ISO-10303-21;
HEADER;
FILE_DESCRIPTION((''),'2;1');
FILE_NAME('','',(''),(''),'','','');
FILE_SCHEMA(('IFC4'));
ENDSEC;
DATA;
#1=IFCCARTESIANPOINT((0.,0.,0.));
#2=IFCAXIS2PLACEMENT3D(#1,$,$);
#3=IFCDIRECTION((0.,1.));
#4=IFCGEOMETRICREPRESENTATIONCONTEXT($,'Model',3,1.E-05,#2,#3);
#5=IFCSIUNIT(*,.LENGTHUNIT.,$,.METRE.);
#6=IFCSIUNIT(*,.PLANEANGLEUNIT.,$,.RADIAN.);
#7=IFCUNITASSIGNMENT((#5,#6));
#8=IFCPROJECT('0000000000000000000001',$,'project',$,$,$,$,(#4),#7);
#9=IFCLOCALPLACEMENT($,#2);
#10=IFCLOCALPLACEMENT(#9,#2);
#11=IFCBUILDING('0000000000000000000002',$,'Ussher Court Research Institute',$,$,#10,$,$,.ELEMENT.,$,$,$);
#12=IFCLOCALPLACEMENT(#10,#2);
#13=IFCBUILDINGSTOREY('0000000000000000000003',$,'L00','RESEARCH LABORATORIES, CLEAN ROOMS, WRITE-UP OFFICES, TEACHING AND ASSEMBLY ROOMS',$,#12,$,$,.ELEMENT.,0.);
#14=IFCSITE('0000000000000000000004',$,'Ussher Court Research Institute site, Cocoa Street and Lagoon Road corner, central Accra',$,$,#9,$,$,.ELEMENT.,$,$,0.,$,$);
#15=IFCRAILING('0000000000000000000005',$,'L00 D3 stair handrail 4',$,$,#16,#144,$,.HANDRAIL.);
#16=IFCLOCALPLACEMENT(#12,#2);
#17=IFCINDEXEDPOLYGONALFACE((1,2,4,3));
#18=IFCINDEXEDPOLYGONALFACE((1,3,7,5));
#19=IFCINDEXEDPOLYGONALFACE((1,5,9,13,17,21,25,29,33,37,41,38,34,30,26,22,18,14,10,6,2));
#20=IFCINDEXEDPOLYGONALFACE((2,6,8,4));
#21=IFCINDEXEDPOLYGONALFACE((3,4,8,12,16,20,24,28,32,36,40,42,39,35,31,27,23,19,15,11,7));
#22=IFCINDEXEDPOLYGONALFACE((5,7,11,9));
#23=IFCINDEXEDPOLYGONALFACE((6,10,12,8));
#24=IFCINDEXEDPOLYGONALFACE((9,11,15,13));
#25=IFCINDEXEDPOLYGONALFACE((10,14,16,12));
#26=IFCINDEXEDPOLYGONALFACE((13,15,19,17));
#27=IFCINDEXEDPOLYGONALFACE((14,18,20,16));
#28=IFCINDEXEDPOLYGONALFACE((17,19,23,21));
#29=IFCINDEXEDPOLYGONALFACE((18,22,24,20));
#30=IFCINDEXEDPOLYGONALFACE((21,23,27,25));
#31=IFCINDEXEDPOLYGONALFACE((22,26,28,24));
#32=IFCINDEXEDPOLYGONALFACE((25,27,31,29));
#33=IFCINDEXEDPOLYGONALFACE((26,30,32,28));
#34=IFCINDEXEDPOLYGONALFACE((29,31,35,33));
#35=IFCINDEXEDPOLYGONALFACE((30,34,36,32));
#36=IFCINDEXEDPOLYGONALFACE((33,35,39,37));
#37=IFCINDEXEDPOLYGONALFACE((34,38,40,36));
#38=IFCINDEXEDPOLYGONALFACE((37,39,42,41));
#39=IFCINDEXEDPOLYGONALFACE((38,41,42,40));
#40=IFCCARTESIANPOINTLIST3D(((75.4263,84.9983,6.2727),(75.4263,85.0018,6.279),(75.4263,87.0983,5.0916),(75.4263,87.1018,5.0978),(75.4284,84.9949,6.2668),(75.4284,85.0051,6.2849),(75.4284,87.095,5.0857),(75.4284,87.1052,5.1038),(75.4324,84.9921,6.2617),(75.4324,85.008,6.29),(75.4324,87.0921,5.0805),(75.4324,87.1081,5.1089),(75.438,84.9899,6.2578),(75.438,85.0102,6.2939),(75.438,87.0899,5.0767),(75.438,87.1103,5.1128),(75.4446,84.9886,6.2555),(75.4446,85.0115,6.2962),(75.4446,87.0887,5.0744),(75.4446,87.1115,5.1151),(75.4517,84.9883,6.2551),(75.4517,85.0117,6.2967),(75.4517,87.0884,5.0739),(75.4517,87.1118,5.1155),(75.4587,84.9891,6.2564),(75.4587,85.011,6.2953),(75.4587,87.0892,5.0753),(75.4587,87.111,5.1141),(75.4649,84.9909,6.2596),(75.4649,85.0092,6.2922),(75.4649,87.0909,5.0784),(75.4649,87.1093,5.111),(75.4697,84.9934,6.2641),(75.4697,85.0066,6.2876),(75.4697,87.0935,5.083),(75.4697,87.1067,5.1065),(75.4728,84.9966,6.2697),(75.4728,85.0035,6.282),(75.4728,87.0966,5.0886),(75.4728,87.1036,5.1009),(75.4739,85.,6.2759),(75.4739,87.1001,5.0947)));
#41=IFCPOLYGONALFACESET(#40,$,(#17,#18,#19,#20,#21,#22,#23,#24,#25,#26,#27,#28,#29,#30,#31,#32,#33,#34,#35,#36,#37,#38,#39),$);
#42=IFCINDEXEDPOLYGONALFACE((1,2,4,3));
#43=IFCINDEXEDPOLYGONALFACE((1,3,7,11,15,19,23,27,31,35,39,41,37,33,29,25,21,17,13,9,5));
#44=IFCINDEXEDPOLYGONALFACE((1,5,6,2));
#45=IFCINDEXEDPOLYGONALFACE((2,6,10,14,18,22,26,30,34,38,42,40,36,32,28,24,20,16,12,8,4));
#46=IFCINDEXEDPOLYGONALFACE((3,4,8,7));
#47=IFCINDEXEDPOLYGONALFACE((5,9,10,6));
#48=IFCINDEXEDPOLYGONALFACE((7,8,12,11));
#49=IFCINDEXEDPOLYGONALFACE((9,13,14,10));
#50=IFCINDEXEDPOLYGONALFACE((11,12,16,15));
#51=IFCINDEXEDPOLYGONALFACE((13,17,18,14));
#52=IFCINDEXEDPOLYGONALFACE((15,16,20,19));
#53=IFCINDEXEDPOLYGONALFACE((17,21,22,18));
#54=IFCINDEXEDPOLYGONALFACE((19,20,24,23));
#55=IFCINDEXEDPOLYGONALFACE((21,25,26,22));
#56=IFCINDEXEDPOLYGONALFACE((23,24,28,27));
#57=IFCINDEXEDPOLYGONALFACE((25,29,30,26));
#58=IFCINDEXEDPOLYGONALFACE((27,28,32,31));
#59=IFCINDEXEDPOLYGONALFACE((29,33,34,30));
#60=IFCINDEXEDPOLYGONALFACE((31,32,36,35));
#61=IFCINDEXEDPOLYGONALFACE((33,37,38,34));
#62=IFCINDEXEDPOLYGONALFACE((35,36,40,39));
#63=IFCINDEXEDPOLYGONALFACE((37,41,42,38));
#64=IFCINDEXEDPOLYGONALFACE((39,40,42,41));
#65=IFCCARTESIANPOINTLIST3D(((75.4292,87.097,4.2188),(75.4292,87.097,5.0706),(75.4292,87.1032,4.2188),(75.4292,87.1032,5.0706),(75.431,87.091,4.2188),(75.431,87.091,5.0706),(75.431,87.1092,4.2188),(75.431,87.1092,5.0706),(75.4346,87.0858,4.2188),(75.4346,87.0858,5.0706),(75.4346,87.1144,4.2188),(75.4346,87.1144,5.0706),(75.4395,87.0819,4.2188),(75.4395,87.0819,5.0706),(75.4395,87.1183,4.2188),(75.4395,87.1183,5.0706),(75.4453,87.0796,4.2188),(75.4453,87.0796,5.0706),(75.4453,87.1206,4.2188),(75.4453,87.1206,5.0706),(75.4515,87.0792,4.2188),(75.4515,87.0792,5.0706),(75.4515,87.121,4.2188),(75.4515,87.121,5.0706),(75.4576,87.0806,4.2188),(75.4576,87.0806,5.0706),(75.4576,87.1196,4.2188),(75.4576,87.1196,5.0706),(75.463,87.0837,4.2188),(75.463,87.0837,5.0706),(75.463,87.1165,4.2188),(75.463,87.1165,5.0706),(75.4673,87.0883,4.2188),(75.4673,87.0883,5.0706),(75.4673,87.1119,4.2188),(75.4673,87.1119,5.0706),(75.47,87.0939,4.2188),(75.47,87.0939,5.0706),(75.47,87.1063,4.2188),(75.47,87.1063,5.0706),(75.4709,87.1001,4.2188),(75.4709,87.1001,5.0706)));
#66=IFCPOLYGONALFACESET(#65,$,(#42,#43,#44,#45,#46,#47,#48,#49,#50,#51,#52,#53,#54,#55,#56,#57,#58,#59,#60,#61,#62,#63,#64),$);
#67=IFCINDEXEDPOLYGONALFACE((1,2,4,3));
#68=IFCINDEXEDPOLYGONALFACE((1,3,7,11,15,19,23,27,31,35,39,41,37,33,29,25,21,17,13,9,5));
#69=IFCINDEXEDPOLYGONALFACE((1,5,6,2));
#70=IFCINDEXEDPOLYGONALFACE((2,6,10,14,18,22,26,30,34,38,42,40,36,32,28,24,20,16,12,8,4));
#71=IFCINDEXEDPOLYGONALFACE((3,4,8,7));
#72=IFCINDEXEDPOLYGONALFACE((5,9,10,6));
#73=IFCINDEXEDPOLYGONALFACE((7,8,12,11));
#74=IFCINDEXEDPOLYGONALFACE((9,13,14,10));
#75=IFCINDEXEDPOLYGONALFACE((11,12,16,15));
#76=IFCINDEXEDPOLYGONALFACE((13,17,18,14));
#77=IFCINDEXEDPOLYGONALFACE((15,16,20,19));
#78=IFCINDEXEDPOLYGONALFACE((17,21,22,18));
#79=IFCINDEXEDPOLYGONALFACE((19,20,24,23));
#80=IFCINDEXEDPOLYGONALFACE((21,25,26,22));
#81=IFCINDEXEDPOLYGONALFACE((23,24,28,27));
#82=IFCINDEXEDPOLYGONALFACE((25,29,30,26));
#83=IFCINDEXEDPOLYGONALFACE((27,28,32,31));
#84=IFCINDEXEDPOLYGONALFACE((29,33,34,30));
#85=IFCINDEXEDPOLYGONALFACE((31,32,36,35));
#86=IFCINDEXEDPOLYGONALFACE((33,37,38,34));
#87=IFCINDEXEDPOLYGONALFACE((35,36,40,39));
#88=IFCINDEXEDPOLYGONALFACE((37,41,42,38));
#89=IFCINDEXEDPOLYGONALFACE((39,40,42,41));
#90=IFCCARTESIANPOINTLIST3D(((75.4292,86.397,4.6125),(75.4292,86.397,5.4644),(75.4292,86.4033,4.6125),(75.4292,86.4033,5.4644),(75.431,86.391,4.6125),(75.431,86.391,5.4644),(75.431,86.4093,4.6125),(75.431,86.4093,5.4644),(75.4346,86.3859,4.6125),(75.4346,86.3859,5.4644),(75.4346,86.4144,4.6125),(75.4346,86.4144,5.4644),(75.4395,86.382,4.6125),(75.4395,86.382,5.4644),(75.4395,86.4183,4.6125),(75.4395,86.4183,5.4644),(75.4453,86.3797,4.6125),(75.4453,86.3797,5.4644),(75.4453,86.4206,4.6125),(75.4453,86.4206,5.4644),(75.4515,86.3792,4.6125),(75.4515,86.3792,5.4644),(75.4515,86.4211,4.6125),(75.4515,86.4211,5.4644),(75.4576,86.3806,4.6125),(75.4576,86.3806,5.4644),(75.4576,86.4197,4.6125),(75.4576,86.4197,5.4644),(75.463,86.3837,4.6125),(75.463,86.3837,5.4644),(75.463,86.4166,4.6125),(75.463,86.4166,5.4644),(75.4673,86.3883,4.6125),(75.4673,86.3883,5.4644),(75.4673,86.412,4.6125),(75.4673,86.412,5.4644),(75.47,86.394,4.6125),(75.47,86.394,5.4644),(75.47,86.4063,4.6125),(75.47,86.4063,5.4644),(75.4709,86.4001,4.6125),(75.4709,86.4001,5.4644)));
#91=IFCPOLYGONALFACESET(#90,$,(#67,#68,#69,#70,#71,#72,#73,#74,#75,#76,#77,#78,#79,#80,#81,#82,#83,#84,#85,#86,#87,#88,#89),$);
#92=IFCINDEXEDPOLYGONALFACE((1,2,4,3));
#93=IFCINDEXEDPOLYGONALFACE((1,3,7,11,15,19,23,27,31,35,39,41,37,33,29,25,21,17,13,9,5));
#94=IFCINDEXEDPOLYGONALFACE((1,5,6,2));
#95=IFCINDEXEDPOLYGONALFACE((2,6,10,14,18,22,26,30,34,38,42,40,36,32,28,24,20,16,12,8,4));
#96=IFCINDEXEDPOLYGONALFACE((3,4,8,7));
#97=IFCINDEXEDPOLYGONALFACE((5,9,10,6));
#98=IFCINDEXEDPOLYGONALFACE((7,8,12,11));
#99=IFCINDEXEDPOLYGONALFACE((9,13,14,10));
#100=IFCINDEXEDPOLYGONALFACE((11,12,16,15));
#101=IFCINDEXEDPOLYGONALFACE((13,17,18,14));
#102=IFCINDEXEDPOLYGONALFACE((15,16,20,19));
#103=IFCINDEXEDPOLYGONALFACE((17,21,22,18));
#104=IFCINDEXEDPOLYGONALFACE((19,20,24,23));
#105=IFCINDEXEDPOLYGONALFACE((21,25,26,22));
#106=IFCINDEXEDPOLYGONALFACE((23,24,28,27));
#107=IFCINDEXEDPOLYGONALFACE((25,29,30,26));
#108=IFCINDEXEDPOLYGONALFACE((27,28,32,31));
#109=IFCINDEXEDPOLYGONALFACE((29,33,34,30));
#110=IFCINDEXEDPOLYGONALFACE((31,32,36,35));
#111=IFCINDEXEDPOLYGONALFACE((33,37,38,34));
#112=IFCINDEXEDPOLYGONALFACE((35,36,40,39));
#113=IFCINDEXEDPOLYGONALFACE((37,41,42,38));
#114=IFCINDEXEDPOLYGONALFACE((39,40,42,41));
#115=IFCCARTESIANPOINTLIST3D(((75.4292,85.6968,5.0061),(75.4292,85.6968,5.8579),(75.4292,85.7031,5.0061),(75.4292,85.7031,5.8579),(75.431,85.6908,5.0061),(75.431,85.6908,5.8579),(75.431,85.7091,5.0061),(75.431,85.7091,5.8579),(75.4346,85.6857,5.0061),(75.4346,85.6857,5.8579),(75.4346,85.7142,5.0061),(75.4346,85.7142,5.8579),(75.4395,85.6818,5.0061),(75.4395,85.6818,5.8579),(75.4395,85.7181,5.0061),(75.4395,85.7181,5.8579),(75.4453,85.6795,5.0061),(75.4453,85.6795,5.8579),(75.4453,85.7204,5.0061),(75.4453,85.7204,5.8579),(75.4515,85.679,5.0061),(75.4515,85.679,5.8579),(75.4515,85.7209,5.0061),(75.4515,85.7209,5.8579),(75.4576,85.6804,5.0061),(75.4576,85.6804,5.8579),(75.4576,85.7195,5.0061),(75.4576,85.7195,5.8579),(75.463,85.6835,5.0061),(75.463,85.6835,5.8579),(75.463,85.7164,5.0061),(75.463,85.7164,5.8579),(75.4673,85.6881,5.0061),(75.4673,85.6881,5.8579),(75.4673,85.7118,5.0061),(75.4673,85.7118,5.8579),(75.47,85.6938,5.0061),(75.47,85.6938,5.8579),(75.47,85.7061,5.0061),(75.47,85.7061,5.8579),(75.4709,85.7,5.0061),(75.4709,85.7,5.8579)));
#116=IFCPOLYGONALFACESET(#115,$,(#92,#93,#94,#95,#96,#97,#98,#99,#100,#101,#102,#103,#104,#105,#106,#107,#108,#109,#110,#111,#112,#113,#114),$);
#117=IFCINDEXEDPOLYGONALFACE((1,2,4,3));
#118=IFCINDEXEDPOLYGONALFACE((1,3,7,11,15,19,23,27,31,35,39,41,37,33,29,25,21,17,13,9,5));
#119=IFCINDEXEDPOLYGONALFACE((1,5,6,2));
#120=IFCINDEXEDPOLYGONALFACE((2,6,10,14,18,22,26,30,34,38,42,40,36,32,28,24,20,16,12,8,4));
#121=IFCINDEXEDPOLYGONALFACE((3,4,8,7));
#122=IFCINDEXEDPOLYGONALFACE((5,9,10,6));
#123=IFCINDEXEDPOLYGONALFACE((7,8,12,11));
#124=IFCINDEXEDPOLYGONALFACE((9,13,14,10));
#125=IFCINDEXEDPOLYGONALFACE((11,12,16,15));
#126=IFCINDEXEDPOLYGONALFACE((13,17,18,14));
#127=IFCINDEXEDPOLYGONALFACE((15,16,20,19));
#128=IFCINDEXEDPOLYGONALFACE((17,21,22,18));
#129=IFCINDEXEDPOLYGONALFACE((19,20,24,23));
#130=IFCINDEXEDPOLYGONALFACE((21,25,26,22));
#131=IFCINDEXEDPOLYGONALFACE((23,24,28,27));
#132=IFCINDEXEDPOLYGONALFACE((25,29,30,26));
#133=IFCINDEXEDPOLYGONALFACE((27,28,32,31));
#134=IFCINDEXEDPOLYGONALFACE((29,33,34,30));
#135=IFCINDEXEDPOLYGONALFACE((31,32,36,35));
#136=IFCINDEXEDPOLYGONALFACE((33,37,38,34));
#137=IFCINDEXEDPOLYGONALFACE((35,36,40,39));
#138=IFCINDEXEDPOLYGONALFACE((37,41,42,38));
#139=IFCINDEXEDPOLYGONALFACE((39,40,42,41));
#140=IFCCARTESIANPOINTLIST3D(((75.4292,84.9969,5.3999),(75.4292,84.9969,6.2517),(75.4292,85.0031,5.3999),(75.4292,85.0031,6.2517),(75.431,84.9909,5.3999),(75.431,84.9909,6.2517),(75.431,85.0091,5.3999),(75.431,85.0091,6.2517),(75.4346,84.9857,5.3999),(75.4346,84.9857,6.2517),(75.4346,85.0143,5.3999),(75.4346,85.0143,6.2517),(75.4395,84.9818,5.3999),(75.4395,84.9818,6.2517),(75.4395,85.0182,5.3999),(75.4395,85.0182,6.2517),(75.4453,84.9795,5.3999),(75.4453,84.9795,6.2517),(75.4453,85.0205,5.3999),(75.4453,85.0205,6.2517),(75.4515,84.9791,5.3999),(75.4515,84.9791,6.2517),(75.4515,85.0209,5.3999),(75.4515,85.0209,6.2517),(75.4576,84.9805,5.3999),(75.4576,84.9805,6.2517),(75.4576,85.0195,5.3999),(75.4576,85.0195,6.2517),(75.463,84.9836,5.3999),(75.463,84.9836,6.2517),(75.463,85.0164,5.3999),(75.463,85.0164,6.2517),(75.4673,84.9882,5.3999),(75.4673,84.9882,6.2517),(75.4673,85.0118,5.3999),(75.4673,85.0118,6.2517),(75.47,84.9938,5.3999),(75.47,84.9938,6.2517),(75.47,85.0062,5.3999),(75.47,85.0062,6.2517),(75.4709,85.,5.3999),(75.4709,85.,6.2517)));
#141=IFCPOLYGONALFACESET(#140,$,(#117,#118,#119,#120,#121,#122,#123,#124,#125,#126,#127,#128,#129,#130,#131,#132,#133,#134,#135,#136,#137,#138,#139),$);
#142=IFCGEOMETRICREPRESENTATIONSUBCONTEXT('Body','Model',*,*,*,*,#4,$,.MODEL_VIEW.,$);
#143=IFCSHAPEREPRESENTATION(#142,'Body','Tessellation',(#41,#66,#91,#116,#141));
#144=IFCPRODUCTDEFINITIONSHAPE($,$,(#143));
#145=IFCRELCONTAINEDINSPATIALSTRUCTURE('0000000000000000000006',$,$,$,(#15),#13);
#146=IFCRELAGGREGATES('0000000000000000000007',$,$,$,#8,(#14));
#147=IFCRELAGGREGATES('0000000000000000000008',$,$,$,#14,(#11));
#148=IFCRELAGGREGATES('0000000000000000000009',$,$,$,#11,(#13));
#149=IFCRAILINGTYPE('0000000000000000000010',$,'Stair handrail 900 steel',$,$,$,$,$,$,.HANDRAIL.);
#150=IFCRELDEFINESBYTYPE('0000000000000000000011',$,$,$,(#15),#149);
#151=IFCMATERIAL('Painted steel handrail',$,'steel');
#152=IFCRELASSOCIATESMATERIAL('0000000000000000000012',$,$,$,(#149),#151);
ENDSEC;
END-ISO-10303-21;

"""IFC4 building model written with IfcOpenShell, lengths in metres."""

from ifc_helpers import new_model, si_unit, direction, frame, origin, origin_2d, place, context, subcontext, project, spatial, circle, extrude, material, type_object, element, save


model = new_model("IFC4")

# Units and contexts
model_context = context("Model", 3, precision=1e-05, world=origin(), true_north=direction((0.0, 1.0)))
body_context = subcontext(model_context, "Body", "Model", "MODEL_VIEW")
ifc_project = project(units=[si_unit("LENGTHUNIT", "METRE"), si_unit("PLANEANGLEUNIT", "RADIAN")], contexts=[model_context])

# Site, building, storey
site_placement = place(None, origin())
site = spatial("IfcSite", under=ifc_project, at=site_placement, Name="Ussher Court Research Institute site, Cocoa Street and Lagoon Road corner, central Accra", CompositionType="ELEMENT", RefElevation=0.0)
building_placement = place(site_placement, origin())
building = spatial("IfcBuilding", under=site, at=building_placement, Name="Ussher Court Research Institute", CompositionType="ELEMENT")
storey_placement = place(building_placement, origin())
storey = spatial("IfcBuildingStorey", under=building, at=storey_placement, Name="L00", Description="RESEARCH LABORATORIES, CLEAN ROOMS, WRITE-UP OFFICES, TEACHING AND ASSEMBLY ROOMS", CompositionType="ELEMENT", Elevation=0.0)

# Railing
ifc_material_1 = material(Name="Painted steel handrail", Category="steel")
railing_type_1 = type_object("IfcRailingType", Name="Stair handrail 900 steel", PredefinedType="HANDRAIL", material=ifc_material_1)
for number, where, name in (
    (1, (75.45, 87.1001, 4.2188), "L00 D3 stair handrail 4"),
):
    element("IfcRailing", number, at=place(storey_placement, frame(where)), inside=storey, type_object=railing_type_1, Name=name, PredefinedType="HANDRAIL", context=body_context, shape_type="SweptSolid", body=[
        extrude(circle(Radius=0.0239, at=origin_2d()), frame((0.0, 0.0, 0.876), z_axis=(0.0, -0.871603, 0.490213), x_axis=(1.0, 0.0, 0.0)), (0.0, 0.0, 1.0), 2.4094),
        extrude(circle(Radius=0.021, at=origin_2d()), origin(), (0.0, 0.0, 1.0), 0.8518),
        extrude(circle(Radius=0.021, at=origin_2d()), frame((0.0, -0.7, 0.3938)), (0.0, 0.0, 1.0), 0.8518),
        extrude(circle(Radius=0.021, at=origin_2d()), frame((0.0, -1.4001, 0.7874)), (0.0, 0.0, 1.0), 0.8518),
        extrude(circle(Radius=0.021, at=origin_2d()), frame((0.0, -2.1001, 1.1812)), (0.0, 0.0, 1.0), 0.8518),
    ])

save(model, "model.ifc")
